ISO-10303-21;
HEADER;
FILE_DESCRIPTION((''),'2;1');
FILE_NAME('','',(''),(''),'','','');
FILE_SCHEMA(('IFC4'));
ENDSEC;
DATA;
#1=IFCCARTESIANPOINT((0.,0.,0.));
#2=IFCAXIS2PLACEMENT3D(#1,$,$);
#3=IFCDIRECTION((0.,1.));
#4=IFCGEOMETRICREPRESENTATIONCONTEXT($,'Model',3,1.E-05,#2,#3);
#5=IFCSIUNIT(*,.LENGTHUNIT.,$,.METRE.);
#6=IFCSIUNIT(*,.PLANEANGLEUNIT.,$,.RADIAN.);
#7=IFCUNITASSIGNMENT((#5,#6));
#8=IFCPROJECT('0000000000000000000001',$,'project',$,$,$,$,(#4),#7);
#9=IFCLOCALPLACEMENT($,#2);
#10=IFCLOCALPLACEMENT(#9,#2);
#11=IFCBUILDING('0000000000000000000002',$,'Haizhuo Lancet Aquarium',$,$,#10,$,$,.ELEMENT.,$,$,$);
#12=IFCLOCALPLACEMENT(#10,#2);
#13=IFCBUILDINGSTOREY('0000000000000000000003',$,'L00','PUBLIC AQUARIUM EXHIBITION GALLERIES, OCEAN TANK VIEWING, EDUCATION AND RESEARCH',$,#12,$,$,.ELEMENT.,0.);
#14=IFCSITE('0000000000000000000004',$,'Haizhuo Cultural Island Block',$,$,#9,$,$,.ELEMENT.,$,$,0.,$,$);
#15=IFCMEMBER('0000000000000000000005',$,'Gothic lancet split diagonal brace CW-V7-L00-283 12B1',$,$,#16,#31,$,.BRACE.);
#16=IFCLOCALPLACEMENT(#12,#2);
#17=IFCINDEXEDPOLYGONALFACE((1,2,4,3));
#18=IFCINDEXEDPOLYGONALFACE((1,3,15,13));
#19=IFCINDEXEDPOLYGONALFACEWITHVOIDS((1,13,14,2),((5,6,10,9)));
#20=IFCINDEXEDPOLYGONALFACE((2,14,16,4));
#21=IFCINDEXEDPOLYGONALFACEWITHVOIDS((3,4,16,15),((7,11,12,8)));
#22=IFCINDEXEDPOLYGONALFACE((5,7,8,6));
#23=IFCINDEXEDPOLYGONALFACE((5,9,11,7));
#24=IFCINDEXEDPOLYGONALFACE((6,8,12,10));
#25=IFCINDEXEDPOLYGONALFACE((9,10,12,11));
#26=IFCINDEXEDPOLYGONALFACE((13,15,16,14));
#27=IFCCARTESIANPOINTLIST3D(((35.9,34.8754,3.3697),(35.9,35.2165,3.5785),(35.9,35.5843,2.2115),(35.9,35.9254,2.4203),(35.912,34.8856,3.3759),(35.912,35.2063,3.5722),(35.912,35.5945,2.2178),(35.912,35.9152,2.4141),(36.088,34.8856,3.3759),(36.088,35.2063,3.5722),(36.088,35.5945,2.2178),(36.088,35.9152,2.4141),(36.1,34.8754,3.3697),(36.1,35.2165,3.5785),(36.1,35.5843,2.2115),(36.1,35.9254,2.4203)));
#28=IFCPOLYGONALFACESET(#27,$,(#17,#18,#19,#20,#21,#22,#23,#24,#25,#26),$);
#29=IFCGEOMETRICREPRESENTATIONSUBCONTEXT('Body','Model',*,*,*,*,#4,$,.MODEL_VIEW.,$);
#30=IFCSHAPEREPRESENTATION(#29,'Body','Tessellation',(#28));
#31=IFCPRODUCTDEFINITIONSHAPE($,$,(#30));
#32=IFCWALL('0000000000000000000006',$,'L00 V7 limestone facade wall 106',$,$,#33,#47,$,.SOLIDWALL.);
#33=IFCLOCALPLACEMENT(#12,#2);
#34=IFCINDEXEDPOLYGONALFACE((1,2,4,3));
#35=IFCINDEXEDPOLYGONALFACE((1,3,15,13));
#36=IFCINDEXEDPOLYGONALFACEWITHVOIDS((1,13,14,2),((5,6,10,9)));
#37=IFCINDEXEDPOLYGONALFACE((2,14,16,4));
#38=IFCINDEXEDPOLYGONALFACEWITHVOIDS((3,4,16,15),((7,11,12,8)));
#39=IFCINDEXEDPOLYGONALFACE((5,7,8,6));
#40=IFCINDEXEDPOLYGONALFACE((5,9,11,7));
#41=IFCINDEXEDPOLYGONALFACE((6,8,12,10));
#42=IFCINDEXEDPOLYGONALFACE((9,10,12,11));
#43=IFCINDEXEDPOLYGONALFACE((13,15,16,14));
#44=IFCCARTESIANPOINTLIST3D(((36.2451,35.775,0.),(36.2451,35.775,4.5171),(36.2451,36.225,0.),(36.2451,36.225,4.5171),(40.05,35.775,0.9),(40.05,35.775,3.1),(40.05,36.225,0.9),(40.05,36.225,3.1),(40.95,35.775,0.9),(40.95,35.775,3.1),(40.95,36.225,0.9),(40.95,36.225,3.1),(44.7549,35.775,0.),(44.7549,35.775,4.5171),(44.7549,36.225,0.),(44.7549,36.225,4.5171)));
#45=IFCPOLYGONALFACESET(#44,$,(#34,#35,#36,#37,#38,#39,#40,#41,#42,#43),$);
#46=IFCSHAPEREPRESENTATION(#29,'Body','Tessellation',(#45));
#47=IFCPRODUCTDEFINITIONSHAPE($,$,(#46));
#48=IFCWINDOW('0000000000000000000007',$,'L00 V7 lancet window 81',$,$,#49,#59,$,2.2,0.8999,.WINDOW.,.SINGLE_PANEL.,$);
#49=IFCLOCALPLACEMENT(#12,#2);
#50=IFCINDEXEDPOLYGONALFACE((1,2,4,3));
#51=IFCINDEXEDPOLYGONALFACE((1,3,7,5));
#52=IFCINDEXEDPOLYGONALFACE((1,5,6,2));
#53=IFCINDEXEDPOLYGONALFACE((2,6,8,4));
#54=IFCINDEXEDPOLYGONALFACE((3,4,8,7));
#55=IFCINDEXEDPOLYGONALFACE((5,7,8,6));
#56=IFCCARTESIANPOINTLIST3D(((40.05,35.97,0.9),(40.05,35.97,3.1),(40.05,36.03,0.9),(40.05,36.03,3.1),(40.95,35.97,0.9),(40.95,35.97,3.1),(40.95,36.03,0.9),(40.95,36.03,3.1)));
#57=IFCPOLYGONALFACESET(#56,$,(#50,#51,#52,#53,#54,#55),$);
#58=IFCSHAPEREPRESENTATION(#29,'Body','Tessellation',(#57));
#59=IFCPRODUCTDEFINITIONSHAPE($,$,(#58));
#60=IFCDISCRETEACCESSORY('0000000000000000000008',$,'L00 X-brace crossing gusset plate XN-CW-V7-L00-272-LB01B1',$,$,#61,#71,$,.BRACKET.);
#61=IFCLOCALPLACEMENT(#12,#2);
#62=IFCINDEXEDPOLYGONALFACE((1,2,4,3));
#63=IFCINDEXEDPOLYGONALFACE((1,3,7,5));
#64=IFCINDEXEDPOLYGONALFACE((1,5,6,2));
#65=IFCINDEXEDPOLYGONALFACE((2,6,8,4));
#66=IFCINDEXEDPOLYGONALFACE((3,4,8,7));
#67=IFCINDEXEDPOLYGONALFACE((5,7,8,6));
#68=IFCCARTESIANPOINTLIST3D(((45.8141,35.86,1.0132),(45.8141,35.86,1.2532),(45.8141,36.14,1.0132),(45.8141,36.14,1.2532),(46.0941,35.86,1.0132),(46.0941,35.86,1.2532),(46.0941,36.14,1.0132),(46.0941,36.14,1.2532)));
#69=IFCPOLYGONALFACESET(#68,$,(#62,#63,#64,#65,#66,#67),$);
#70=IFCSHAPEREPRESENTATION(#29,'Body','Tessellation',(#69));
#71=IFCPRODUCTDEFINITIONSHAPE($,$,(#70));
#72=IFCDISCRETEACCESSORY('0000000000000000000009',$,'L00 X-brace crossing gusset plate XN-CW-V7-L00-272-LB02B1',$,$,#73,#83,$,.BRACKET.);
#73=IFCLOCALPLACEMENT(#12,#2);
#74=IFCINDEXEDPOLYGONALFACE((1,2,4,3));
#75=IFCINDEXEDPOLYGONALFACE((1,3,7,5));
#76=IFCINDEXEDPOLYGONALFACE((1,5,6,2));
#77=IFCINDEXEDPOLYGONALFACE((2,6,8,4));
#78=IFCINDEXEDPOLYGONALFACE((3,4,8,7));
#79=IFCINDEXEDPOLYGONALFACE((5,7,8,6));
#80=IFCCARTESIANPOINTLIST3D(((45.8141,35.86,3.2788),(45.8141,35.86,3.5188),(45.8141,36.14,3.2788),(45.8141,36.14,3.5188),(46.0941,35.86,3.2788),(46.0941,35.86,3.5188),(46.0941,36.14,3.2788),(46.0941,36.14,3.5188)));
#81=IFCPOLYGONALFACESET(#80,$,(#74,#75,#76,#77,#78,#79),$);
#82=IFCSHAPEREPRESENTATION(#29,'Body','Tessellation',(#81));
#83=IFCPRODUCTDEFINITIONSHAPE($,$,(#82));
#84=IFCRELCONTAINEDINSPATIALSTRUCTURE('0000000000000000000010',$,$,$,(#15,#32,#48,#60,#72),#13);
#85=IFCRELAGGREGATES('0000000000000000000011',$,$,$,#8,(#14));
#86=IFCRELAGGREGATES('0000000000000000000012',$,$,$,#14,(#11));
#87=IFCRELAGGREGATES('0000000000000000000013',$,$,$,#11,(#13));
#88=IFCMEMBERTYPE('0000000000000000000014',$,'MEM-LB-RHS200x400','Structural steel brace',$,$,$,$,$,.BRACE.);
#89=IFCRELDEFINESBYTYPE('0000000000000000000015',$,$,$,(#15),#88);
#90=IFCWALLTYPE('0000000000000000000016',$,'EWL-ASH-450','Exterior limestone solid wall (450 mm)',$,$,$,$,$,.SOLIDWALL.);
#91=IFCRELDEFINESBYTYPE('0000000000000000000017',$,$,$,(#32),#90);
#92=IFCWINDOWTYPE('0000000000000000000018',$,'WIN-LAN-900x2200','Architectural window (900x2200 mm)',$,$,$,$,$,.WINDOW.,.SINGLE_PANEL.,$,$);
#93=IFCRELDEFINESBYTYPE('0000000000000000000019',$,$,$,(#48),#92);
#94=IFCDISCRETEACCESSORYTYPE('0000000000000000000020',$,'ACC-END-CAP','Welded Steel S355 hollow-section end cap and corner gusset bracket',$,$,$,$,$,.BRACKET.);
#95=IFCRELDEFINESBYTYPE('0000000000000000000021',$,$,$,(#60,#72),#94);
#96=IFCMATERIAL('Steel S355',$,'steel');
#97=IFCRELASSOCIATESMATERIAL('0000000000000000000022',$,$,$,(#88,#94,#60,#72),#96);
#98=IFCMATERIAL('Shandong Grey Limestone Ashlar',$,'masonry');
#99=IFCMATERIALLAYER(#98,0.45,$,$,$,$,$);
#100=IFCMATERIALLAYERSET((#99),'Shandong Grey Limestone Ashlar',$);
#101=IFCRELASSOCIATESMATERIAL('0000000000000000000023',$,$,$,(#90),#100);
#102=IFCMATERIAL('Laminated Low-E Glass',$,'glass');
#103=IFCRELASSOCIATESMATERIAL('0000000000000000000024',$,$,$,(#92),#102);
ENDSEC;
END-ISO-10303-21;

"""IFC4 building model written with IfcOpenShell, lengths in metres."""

from ifc_helpers import new_model, si_unit, direction, frame, frame_2d, origin, origin_2d, place, context, subcontext, project, spatial, rectangle, hollow_rectangle, extrude, material, layer, layer_set, material_profile, profile_set, type_object, element, fill, save


model = new_model("IFC4")

# Units and contexts
model_context = context("Model", 3, precision=1e-05, world=origin(), true_north=direction((0.0, 1.0)))
body_context = subcontext(model_context, "Body", "Model", "MODEL_VIEW")
ifc_project = project(units=[si_unit("LENGTHUNIT", "METRE"), si_unit("PLANEANGLEUNIT", "RADIAN")], contexts=[model_context])

# Site, building, storey
site_placement = place(None, origin())
site = spatial("IfcSite", under=ifc_project, at=site_placement, Name="Haizhuo Cultural Island Block", CompositionType="ELEMENT", RefElevation=0.0)
building_placement = place(site_placement, origin())
building = spatial("IfcBuilding", under=site, at=building_placement, Name="Haizhuo Lancet Aquarium", CompositionType="ELEMENT")
storey_placement = place(building_placement, origin())
storey = spatial("IfcBuildingStorey", under=building, at=storey_placement, Name="L00", Description="PUBLIC AQUARIUM EXHIBITION GALLERIES, OCEAN TANK VIEWING, EDUCATION AND RESEARCH", CompositionType="ELEMENT", Elevation=0.0)

# Shared definitions
ifc_material_1 = material(Name="Steel S355", Category="steel")

# Member
ifc_material_profile_1 = material_profile(ifc_material_1, hollow_rectangle(XDim=0.2, YDim=0.3999, WallThickness=0.012, at=origin_2d()), Name="RHS 200x400x12")
ifc_profile_set_1 = profile_set([ifc_material_profile_1], Name="Steel S355")
member_type_1 = type_object("IfcMemberType", Name="MEM-LB-RHS200x400", Description="Structural steel brace", PredefinedType="BRACE", material=ifc_profile_set_1)
member_1_placement = place(storey_placement, frame((36.0, 35.7549, 2.3159), z_axis=(0.0, -0.52209, 0.852891), x_axis=(1.0, 0.0, 0.0)))
element("IfcMember", 1, at=member_1_placement, inside=storey, type_object=member_type_1, Name="Gothic lancet split diagonal brace CW-V7-L00-283 12B1", PredefinedType="BRACE", context=body_context, shape_type="SweptSolid", body=[
    extrude(hollow_rectangle(XDim=0.2, YDim=0.3999, WallThickness=0.012, at=origin_2d()), origin(), (0.0, 0.0, 1.0), 1.3579),
])

# Wall, opening, window
ifc_material_2 = material(Name="Shandong Grey Limestone Ashlar", Category="masonry")
ifc_layer = layer(ifc_material_2, 0.45)
ifc_layer_set = layer_set([ifc_layer], Name="Shandong Grey Limestone Ashlar")
wall_type = type_object("IfcWallType", Name="EWL-ASH-450", Description="Exterior limestone solid wall (450 mm)", PredefinedType="SOLIDWALL", material=ifc_layer_set)
wall_placement = place(storey_placement, frame((36.2451, 36.0, 0.0), z_axis=(0.0, 0.0, 1.0), x_axis=(1.0, 0.0, 0.0)))
wall = element("IfcWall", 2, at=wall_placement, inside=storey, type_object=wall_type, Name="L00 V7 limestone facade wall 106", PredefinedType="SOLIDWALL", context=body_context, shape_type="SweptSolid", body=[
    extrude(rectangle(XDim=8.5098, YDim=0.45, at=frame_2d((4.2549, 0.0))), origin(), (0.0, 0.0, 1.0), 4.5171),
])
opening_placement = place(wall_placement, frame((3.8049, 0.0, 0.8999)))
opening = element("IfcOpeningElement", 3, at=opening_placement, cuts=wall, PredefinedType="OPENING", context=body_context, shape_type="SweptSolid", body=[
    extrude(rectangle(XDim=0.8999, YDim=2.2, at=frame_2d((0.45, 1.1001))), frame((0.0, 0.2349, 0.0), z_axis=(0.0, -1.0, 0.0), x_axis=(1.0, 0.0, 0.0)), (0.0, 0.0, 1.0), 0.47),
])
ifc_material_3 = material(Name="Laminated Low-E Glass", Category="glass")
window_type = type_object("IfcWindowType", Name="WIN-LAN-900x2200", Description="Architectural window (900x2200 mm)", PartitioningType="SINGLE_PANEL", PredefinedType="WINDOW", material=ifc_material_3)
window_placement = place(opening_placement, origin())
window = element("IfcWindow", 4, at=window_placement, inside=storey, type_object=window_type, Name="L00 V7 lancet window 81", OverallHeight=2.2, OverallWidth=0.8999, PartitioningType="SINGLE_PANEL", PredefinedType="WINDOW", context=body_context, shape_type="SweptSolid", body=[
    extrude(rectangle(XDim=0.8999, YDim=2.2, at=frame_2d((0.45, 1.1001))), frame((0.0, 0.03, 0.0), z_axis=(0.0, -1.0, 0.0), x_axis=(1.0, 0.0, 0.0)), (0.0, 0.0, 1.0), 0.0601),
])
fill(opening, window)

# Discrete accessories
discrete_accessory_type = type_object("IfcDiscreteAccessoryType", Name="ACC-END-CAP", Description="Welded Steel S355 hollow-section end cap and corner gusset bracket", PredefinedType="BRACKET", material=ifc_material_1)
for number, where, z_axis, x_axis, name in (
    (5, (45.9541, 36.0, 1.0132), (0.0, 0.0, 1.0), (1.0, 0.0, 0.0), "L00 X-brace crossing gusset plate XN-CW-V7-L00-272-LB01B1"),
    (6, (45.9541, 36.0, 3.2788), (0.0, 0.0, 1.0), (1.0, 0.0, 0.0), "L00 X-brace crossing gusset plate XN-CW-V7-L00-272-LB02B1"),
):
    element("IfcDiscreteAccessory", number, at=place(storey_placement, frame(where, z_axis=z_axis, x_axis=x_axis)), inside=storey, type_object=discrete_accessory_type, material=ifc_material_1, Name=name, PredefinedType="BRACKET", context=body_context, shape_type="SweptSolid", body=[
        extrude(rectangle(XDim=0.28, YDim=0.28, at=origin_2d()), origin(), (0.0, 0.0, 1.0), 0.24),
    ])

save(model, "model.ifc")
